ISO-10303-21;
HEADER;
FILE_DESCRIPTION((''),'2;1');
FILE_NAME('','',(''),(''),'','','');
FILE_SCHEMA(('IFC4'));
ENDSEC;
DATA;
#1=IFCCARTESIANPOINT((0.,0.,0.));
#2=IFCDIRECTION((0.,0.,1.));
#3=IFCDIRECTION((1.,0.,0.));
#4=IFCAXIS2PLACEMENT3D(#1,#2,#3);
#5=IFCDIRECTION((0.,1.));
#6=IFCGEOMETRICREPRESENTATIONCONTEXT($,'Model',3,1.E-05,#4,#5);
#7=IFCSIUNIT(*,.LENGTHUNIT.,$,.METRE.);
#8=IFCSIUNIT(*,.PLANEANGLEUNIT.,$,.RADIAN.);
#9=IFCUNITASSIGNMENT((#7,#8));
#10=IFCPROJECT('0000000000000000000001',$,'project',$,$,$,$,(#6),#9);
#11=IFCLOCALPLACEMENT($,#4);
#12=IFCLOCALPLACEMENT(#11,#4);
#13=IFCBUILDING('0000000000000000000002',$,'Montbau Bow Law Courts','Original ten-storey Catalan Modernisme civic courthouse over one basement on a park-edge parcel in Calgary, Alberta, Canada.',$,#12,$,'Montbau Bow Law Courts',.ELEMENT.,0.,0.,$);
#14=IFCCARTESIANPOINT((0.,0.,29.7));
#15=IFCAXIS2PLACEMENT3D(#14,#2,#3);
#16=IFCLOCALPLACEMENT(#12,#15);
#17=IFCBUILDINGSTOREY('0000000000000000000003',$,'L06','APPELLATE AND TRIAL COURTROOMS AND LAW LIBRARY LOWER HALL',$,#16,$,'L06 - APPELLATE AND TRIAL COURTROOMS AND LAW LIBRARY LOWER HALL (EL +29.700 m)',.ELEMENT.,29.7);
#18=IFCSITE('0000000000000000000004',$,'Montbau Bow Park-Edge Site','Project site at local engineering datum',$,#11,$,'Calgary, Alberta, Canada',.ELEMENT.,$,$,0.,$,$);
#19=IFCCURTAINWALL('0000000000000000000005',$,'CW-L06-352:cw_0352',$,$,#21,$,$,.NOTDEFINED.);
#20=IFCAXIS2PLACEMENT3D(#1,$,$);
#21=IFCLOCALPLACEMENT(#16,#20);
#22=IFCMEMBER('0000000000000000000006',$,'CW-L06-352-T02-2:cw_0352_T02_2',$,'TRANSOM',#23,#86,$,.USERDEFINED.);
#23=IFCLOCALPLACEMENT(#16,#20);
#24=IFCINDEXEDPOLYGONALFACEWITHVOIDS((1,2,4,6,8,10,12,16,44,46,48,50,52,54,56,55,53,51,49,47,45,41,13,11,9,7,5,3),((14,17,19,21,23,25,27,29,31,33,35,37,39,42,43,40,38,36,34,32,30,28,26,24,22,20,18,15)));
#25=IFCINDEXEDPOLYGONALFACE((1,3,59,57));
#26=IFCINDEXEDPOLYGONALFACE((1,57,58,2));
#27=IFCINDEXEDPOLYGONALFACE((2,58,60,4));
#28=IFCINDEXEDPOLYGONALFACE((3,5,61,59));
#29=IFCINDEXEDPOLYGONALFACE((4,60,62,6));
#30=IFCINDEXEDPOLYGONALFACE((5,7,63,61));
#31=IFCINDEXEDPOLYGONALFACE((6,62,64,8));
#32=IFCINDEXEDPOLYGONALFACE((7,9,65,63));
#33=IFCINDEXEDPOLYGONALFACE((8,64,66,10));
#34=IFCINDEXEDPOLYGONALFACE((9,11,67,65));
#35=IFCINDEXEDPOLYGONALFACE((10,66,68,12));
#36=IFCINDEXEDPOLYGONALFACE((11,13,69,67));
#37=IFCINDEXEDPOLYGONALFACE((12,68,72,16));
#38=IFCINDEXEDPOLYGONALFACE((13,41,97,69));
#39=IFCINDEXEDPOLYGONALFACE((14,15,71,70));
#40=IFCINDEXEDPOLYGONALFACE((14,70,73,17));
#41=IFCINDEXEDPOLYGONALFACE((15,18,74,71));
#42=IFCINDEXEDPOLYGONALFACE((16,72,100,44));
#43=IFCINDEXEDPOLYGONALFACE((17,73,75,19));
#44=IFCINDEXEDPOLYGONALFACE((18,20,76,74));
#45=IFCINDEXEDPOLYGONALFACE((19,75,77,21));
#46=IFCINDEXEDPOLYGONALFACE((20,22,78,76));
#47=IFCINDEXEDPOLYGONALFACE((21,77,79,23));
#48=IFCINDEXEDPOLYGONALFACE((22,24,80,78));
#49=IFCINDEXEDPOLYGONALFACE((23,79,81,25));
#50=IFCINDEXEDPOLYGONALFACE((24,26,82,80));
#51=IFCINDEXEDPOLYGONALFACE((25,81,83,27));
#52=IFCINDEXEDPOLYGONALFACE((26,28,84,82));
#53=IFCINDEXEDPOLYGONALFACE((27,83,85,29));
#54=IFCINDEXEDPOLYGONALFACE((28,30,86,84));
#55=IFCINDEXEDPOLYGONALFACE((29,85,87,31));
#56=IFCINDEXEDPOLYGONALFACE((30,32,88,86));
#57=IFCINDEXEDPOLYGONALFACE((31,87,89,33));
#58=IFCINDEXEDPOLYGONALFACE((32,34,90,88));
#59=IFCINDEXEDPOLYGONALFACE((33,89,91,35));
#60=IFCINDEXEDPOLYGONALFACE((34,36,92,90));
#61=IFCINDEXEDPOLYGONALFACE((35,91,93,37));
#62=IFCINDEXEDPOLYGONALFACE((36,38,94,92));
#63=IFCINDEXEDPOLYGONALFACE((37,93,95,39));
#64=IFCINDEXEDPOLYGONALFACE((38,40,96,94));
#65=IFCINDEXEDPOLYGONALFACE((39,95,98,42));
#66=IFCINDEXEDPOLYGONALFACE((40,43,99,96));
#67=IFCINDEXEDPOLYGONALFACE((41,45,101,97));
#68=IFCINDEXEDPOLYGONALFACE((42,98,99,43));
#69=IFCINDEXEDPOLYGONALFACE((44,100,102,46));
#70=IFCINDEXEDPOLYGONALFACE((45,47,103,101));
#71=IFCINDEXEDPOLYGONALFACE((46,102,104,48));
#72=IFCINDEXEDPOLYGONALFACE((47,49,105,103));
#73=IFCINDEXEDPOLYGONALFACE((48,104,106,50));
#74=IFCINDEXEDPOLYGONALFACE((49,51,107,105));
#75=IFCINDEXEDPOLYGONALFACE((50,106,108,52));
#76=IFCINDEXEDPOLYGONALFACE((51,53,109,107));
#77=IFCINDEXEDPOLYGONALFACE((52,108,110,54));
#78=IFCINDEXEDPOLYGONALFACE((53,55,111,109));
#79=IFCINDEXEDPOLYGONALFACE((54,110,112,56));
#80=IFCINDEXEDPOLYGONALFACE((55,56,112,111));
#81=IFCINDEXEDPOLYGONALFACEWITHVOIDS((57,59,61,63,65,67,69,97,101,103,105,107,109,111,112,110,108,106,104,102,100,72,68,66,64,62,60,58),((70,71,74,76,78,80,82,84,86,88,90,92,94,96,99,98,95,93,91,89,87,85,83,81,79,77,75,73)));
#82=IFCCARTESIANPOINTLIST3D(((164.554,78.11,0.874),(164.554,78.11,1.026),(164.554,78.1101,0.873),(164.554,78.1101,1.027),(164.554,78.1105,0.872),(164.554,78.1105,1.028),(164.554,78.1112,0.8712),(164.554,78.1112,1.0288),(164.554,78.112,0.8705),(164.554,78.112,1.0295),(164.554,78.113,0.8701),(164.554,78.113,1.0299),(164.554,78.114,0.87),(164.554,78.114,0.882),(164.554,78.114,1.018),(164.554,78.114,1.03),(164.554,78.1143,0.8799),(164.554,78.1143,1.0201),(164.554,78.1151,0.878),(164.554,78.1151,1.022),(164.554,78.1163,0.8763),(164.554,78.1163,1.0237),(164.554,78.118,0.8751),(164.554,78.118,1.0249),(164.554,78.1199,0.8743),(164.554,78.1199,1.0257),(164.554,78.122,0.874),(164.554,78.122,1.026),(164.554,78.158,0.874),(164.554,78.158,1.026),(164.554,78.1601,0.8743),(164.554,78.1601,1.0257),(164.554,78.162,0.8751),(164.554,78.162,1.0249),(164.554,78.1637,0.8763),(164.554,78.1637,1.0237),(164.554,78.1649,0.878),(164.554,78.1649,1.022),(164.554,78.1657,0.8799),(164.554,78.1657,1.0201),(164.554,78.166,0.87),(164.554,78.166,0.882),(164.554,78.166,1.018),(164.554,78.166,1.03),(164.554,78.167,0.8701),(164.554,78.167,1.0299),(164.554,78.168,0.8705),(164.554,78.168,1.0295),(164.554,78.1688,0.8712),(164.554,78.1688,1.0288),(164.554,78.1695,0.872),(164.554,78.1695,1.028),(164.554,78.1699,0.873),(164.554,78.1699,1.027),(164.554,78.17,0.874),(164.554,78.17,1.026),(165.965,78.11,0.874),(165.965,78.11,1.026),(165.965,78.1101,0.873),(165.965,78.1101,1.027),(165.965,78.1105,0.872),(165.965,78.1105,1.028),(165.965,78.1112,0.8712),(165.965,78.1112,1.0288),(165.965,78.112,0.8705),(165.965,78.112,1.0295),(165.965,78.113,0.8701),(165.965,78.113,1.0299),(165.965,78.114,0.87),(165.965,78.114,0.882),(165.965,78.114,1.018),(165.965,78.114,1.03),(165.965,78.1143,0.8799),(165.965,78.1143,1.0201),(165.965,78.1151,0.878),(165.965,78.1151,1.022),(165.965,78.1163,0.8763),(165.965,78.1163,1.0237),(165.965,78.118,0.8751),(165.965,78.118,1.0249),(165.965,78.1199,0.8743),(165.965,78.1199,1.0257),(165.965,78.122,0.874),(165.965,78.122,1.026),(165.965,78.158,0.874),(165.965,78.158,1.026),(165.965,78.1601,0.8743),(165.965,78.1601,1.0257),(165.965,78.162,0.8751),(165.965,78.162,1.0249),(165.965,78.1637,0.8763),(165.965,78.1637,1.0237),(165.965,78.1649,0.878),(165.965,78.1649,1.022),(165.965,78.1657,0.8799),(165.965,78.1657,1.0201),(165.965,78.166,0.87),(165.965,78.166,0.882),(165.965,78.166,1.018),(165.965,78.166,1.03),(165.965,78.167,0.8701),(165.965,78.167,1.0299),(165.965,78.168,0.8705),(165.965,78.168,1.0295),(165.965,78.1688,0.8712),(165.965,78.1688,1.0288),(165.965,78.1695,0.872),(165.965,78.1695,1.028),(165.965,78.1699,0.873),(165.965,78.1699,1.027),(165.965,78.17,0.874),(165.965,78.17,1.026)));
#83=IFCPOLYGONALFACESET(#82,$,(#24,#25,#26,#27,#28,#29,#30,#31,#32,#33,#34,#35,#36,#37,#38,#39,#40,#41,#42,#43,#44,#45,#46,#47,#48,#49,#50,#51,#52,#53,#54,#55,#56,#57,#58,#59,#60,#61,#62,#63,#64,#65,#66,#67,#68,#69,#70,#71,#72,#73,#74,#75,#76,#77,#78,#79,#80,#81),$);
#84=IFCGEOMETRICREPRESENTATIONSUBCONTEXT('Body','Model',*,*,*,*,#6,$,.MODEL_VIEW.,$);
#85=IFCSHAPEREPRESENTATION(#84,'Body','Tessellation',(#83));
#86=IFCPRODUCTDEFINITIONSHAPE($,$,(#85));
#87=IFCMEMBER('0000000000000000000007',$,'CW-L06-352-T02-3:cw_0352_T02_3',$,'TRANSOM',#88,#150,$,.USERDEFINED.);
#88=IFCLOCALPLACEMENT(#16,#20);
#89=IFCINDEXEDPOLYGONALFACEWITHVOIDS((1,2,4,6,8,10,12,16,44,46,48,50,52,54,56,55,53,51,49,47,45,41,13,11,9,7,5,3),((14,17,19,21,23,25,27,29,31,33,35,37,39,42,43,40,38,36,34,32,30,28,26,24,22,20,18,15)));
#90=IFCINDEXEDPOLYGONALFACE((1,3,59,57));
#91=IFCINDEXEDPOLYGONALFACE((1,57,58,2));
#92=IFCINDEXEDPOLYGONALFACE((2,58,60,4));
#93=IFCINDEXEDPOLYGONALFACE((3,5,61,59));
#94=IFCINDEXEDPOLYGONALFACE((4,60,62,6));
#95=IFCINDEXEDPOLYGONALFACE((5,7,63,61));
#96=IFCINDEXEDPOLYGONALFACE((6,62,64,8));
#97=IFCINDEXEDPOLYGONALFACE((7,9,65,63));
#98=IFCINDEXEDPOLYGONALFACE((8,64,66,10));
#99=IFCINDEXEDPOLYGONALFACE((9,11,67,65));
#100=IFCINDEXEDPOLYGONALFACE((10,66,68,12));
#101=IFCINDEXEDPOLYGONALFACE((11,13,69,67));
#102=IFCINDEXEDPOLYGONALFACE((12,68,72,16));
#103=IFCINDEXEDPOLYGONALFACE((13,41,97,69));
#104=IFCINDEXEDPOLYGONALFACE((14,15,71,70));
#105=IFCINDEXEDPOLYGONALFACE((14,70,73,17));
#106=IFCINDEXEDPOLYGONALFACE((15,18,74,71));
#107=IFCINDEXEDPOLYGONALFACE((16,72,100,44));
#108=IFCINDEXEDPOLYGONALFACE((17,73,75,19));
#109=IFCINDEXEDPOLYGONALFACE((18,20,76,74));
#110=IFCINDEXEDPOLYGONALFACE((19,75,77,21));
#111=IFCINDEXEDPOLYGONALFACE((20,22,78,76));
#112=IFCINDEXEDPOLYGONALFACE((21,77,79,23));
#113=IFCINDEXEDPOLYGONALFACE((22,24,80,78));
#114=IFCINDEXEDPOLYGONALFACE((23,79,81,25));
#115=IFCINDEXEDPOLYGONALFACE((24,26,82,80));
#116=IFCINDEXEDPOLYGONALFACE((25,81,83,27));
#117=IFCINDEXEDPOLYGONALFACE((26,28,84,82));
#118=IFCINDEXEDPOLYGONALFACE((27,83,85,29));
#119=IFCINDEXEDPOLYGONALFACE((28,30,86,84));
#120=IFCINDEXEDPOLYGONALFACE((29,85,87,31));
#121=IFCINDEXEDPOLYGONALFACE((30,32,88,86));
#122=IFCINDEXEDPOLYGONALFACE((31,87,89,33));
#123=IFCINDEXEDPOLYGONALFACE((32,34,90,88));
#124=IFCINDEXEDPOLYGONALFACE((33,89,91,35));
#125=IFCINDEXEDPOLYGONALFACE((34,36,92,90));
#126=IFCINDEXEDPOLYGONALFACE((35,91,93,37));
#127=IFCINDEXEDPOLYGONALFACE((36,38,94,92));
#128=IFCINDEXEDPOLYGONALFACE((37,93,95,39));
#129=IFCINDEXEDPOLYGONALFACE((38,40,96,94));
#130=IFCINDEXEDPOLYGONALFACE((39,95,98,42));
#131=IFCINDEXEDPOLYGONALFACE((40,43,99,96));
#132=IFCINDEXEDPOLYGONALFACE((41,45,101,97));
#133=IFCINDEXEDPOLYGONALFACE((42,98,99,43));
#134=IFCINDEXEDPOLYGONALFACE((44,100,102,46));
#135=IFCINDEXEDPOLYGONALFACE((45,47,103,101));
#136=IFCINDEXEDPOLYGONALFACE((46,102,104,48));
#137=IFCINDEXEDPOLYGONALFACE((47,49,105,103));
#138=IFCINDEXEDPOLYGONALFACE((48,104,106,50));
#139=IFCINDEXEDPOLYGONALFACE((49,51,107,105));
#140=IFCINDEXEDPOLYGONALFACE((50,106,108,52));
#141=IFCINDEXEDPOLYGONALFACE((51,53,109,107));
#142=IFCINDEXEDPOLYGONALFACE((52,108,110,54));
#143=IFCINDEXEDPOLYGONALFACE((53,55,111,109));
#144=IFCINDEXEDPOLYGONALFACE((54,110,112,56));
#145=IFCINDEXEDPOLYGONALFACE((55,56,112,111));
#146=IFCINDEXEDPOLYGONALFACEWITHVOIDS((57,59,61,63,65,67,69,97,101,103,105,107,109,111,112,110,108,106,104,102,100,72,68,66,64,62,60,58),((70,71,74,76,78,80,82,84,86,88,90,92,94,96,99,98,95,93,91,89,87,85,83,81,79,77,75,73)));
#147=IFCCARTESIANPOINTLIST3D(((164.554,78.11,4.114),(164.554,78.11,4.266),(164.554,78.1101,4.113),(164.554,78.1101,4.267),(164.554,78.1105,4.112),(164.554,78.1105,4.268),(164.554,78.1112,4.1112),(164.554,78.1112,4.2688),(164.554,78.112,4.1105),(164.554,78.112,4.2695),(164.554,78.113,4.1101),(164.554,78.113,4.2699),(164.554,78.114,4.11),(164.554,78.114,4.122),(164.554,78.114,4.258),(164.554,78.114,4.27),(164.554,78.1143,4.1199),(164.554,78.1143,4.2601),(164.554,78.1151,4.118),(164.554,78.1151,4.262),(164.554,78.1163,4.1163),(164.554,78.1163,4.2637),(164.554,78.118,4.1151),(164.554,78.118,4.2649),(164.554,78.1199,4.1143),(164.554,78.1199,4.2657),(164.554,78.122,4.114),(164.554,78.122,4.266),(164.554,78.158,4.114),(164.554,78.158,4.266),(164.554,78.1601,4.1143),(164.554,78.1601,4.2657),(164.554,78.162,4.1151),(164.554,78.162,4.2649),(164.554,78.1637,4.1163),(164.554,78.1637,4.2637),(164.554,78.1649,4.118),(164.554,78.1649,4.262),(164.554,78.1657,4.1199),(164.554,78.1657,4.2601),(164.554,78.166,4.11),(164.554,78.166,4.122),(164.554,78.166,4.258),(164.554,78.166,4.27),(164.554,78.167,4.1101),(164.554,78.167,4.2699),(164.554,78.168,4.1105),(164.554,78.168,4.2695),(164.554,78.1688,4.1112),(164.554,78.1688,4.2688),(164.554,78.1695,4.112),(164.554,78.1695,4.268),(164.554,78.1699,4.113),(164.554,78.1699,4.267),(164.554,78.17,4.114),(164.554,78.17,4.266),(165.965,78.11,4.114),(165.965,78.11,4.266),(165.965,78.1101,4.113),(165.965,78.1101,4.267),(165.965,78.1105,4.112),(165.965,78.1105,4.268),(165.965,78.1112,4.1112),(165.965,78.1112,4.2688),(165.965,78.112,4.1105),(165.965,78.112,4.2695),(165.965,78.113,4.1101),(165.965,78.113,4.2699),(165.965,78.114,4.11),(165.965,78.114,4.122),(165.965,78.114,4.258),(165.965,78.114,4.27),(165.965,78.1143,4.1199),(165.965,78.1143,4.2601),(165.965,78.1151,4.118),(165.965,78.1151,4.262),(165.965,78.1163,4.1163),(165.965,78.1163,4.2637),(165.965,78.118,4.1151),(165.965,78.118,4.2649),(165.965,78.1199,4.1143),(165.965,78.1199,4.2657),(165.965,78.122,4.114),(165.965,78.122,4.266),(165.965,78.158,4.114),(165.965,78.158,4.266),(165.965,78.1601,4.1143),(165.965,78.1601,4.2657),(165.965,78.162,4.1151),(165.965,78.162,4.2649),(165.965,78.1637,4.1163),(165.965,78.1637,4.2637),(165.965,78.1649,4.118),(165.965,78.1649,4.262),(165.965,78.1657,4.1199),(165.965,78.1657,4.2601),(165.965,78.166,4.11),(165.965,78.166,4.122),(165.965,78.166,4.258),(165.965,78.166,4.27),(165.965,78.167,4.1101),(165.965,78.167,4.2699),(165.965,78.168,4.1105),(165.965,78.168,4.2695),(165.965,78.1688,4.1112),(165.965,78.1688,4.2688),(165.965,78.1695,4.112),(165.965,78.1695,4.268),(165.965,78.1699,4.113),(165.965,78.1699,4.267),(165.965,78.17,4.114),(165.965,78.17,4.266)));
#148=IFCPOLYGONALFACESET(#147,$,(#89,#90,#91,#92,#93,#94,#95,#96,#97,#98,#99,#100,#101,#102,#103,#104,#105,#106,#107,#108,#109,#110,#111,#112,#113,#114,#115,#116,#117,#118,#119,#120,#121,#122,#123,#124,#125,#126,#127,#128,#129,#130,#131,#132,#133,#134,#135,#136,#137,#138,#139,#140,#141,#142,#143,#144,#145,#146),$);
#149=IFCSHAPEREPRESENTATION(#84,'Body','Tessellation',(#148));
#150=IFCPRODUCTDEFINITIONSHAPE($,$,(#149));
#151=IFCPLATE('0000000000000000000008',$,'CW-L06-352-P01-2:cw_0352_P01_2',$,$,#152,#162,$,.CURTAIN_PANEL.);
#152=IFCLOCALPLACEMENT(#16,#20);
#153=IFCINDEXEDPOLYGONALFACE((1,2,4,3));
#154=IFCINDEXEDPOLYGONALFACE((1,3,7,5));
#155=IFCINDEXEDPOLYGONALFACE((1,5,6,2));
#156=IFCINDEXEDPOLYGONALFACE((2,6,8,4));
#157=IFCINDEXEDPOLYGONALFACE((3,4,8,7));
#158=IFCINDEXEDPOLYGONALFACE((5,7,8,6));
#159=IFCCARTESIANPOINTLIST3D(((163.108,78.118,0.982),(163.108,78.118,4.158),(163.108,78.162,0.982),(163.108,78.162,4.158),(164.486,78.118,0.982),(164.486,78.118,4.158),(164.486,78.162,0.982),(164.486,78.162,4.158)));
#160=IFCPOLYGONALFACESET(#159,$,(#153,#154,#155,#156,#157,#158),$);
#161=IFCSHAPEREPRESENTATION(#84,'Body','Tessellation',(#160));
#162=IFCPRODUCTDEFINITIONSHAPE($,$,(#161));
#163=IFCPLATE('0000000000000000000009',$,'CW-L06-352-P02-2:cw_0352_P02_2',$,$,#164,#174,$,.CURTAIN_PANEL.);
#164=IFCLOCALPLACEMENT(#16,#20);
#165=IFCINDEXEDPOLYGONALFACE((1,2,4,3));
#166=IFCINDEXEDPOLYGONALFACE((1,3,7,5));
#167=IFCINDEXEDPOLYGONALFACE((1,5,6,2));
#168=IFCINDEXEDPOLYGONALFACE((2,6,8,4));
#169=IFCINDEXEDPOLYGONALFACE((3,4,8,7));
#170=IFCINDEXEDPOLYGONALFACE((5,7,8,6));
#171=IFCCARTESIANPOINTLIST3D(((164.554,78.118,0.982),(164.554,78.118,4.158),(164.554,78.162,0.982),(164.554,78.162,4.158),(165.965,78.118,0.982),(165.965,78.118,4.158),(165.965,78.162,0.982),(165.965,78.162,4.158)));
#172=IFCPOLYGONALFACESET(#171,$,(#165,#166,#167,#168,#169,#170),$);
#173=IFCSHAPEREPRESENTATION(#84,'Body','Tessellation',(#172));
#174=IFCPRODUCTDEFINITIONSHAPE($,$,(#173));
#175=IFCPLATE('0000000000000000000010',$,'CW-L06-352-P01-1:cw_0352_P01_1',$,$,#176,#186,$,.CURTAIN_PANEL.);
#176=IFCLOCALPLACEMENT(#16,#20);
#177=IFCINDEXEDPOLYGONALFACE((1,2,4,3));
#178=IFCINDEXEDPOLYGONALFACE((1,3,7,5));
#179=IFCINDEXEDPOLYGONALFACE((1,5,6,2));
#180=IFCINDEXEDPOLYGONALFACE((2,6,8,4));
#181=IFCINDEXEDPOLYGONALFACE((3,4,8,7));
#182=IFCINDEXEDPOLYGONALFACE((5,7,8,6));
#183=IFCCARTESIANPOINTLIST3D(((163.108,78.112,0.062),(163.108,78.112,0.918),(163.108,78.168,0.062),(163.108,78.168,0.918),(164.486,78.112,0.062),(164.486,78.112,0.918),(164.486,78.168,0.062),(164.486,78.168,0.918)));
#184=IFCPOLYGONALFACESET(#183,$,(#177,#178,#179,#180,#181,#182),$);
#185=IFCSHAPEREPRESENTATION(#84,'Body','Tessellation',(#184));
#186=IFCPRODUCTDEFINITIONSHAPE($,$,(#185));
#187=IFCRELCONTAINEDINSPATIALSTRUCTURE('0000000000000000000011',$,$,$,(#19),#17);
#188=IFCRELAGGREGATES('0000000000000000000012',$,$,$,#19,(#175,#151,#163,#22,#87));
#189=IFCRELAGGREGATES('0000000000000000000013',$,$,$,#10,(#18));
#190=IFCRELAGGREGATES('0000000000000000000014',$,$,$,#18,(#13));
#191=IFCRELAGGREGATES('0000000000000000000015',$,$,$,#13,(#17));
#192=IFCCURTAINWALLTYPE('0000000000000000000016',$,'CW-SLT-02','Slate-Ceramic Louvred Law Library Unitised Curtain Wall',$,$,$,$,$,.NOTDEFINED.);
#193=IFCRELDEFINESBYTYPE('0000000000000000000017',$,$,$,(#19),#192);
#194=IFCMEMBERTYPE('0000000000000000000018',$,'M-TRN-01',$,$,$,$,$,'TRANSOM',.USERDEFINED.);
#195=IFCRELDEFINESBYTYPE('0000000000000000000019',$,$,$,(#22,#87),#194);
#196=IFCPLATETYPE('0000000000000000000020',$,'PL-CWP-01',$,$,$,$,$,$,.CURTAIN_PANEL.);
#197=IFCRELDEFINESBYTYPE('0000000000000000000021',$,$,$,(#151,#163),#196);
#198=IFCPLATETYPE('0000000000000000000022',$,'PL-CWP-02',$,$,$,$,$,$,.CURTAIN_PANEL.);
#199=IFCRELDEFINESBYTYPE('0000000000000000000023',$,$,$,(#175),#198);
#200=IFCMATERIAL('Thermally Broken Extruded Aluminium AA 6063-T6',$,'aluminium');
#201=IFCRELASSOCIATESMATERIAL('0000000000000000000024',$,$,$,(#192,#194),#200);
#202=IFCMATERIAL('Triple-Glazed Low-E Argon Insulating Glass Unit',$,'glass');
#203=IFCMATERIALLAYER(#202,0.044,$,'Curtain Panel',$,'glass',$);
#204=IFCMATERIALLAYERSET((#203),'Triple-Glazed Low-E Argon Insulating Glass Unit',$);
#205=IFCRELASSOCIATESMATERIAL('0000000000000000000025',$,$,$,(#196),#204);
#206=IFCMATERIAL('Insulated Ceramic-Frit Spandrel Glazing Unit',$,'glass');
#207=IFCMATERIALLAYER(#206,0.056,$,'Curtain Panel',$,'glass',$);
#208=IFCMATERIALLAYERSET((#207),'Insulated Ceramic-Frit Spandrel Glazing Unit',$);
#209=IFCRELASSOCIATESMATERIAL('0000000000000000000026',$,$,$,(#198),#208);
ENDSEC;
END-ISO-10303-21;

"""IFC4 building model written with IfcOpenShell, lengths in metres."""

from ifc_helpers import new_model, si_unit, direction, frame, frame_2d, origin_with_axes, origin_2d_with_axis, place, context, subcontext, project, spatial, rectangle, hollow_rectangle, extrude, material, layer, layer_set, material_profile, profile_set, type_object, element, aggregate, save


model = new_model("IFC4")

# Units and contexts
model_context = context("Model", 3, precision=1e-05, world=origin_with_axes(), true_north=direction((0.0, 1.0)))
body_context = subcontext(model_context, "Body", "Model", "MODEL_VIEW")
ifc_project = project(units=[si_unit("LENGTHUNIT", "METRE"), si_unit("PLANEANGLEUNIT", "RADIAN")], contexts=[model_context])

# Site, building, storey
site_placement = place(None, origin_with_axes())
site = spatial("IfcSite", under=ifc_project, at=site_placement, Name="Montbau Bow Park-Edge Site", Description="Project site at local engineering datum", LongName="Calgary, Alberta, Canada", CompositionType="ELEMENT", RefElevation=0.0)
building_placement = place(site_placement, origin_with_axes())
building = spatial("IfcBuilding", under=site, at=building_placement, Name="Montbau Bow Law Courts", Description="Original ten-storey Catalan Modernisme civic courthouse over one basement on a park-edge parcel in Calgary, Alberta, Canada.", LongName="Montbau Bow Law Courts", CompositionType="ELEMENT", ElevationOfRefHeight=0.0, ElevationOfTerrain=0.0)
storey_placement = place(building_placement, frame((0.0, 0.0, 29.7), z_axis=(0.0, 0.0, 1.0), x_axis=(1.0, 0.0, 0.0)))
storey = spatial("IfcBuildingStorey", under=building, at=storey_placement, Name="L06", Description="APPELLATE AND TRIAL COURTROOMS AND LAW LIBRARY LOWER HALL", LongName="L06 - APPELLATE AND TRIAL COURTROOMS AND LAW LIBRARY LOWER HALL (EL +29.700 m)", CompositionType="ELEMENT", Elevation=29.7)

# Curtain wall, members, plates
ifc_material_1 = material(Name="Thermally Broken Extruded Aluminium AA 6063-T6", Category="aluminium")
curtain_wall_type = type_object("IfcCurtainWallType", Name="CW-SLT-02", Description="Slate-Ceramic Louvred Law Library Unitised Curtain Wall", PredefinedType="NOTDEFINED", material=ifc_material_1)
curtain_wall_placement = place(None, frame((163.04, 78.14, 29.7), z_axis=(0.0, 0.0, 1.0), x_axis=(1.0, 0.0, 0.0)))
curtain_wall = element("IfcCurtainWall", 1, at=curtain_wall_placement, inside=storey, type_object=curtain_wall_type, Name="CW-L06-352:cw_0352", PredefinedType="NOTDEFINED")
ifc_material_profile_1 = material_profile(ifc_material_1, hollow_rectangle(XDim=0.06, YDim=0.16, WallThickness=0.004, InnerFilletRadius=0.008, OuterFilletRadius=0.004, at=origin_2d_with_axis()), Name="CWT-160X60", Category="Main", Priority=0)
ifc_profile_set_1 = profile_set([ifc_material_profile_1], Name="Thermally Broken Extruded Aluminium AA 6063-T6")
member_type_1 = type_object("IfcMemberType", Name="M-TRN-01", ElementType="TRANSOM", PredefinedType="USERDEFINED", material=ifc_profile_set_1)
member_1_placement = place(None, frame((164.554, 78.14, 30.65), z_axis=(1.0, 0.0, 0.0), x_axis=(0.0, 1.0, 0.0)))
member_1 = element("IfcMember", 2, at=member_1_placement, type_object=member_type_1, Name="CW-L06-352-T02-2:cw_0352_T02_2", ObjectType="TRANSOM", PredefinedType="USERDEFINED", context=body_context, shape_type="SweptSolid", body=[
    extrude(hollow_rectangle(XDim=0.06, YDim=0.16, WallThickness=0.004, InnerFilletRadius=0.008, OuterFilletRadius=0.004, at=origin_2d_with_axis()), origin_with_axes(), (0.0, 0.0, 1.0), 1.411),
])
member_2_placement = place(None, frame((164.554, 78.14, 33.89), z_axis=(1.0, 0.0, 0.0), x_axis=(0.0, 1.0, 0.0)))
member_2 = element("IfcMember", 3, at=member_2_placement, type_object=member_type_1, Name="CW-L06-352-T02-3:cw_0352_T02_3", ObjectType="TRANSOM", PredefinedType="USERDEFINED", context=body_context, shape_type="SweptSolid", body=[
    extrude(hollow_rectangle(XDim=0.06, YDim=0.16, WallThickness=0.004, InnerFilletRadius=0.008, OuterFilletRadius=0.004, at=origin_2d_with_axis()), origin_with_axes(), (0.0, 0.0, 1.0), 1.411),
])
ifc_material_2 = material(Name="Triple-Glazed Low-E Argon Insulating Glass Unit", Category="glass")
ifc_layer_1 = layer(ifc_material_2, 0.044, Name="Curtain Panel", Category="glass")
ifc_layer_set_1 = layer_set([ifc_layer_1], Name="Triple-Glazed Low-E Argon Insulating Glass Unit")
plate_type_1 = type_object("IfcPlateType", Name="PL-CWP-01", PredefinedType="CURTAIN_PANEL", material=ifc_layer_set_1)
plate_1_placement = place(None, frame((163.108, 78.14, 30.682), z_axis=(0.0, -1.0, 0.0), x_axis=(1.0, 0.0, 0.0)))
plate_1 = element("IfcPlate", 4, at=plate_1_placement, type_object=plate_type_1, Name="CW-L06-352-P01-2:cw_0352_P01_2", PredefinedType="CURTAIN_PANEL", context=body_context, shape_type="SweptSolid", body=[
    extrude(rectangle(XDim=1.378, YDim=3.176, at=frame_2d((0.689, 1.588), x_axis=(1.0, 0.0))), frame((0.0, 0.0, -0.022), z_axis=(0.0, 0.0, 1.0), x_axis=(1.0, 0.0, 0.0)), (0.0, 0.0, 1.0), 0.044),
])
plate_2_placement = place(None, frame((164.554, 78.14, 30.682), z_axis=(0.0, -1.0, 0.0), x_axis=(1.0, 0.0, 0.0)))
plate_2 = element("IfcPlate", 5, at=plate_2_placement, type_object=plate_type_1, Name="CW-L06-352-P02-2:cw_0352_P02_2", PredefinedType="CURTAIN_PANEL", context=body_context, shape_type="SweptSolid", body=[
    extrude(rectangle(XDim=1.411, YDim=3.176, at=frame_2d((0.7055, 1.588), x_axis=(1.0, 0.0))), frame((0.0, 0.0, -0.022), z_axis=(0.0, 0.0, 1.0), x_axis=(1.0, 0.0, 0.0)), (0.0, 0.0, 1.0), 0.044),
])
ifc_material_3 = material(Name="Insulated Ceramic-Frit Spandrel Glazing Unit", Category="glass")
ifc_layer_2 = layer(ifc_material_3, 0.056, Name="Curtain Panel", Category="glass")
ifc_layer_set_2 = layer_set([ifc_layer_2], Name="Insulated Ceramic-Frit Spandrel Glazing Unit")
plate_type_2 = type_object("IfcPlateType", Name="PL-CWP-02", PredefinedType="CURTAIN_PANEL", material=ifc_layer_set_2)
plate_3_placement = place(None, frame((163.108, 78.14, 29.762), z_axis=(0.0, -1.0, 0.0), x_axis=(1.0, 0.0, 0.0)))
plate_3 = element("IfcPlate", 6, at=plate_3_placement, type_object=plate_type_2, Name="CW-L06-352-P01-1:cw_0352_P01_1", PredefinedType="CURTAIN_PANEL", context=body_context, shape_type="SweptSolid", body=[
    extrude(rectangle(XDim=1.378, YDim=0.856, at=frame_2d((0.689, 0.428), x_axis=(1.0, 0.0))), frame((0.0, 0.0, -0.028), z_axis=(0.0, 0.0, 1.0), x_axis=(1.0, 0.0, 0.0)), (0.0, 0.0, 1.0), 0.056),
])
aggregate(curtain_wall, [plate_3, plate_1, plate_2, member_1, member_2])

save(model, "model.ifc")
